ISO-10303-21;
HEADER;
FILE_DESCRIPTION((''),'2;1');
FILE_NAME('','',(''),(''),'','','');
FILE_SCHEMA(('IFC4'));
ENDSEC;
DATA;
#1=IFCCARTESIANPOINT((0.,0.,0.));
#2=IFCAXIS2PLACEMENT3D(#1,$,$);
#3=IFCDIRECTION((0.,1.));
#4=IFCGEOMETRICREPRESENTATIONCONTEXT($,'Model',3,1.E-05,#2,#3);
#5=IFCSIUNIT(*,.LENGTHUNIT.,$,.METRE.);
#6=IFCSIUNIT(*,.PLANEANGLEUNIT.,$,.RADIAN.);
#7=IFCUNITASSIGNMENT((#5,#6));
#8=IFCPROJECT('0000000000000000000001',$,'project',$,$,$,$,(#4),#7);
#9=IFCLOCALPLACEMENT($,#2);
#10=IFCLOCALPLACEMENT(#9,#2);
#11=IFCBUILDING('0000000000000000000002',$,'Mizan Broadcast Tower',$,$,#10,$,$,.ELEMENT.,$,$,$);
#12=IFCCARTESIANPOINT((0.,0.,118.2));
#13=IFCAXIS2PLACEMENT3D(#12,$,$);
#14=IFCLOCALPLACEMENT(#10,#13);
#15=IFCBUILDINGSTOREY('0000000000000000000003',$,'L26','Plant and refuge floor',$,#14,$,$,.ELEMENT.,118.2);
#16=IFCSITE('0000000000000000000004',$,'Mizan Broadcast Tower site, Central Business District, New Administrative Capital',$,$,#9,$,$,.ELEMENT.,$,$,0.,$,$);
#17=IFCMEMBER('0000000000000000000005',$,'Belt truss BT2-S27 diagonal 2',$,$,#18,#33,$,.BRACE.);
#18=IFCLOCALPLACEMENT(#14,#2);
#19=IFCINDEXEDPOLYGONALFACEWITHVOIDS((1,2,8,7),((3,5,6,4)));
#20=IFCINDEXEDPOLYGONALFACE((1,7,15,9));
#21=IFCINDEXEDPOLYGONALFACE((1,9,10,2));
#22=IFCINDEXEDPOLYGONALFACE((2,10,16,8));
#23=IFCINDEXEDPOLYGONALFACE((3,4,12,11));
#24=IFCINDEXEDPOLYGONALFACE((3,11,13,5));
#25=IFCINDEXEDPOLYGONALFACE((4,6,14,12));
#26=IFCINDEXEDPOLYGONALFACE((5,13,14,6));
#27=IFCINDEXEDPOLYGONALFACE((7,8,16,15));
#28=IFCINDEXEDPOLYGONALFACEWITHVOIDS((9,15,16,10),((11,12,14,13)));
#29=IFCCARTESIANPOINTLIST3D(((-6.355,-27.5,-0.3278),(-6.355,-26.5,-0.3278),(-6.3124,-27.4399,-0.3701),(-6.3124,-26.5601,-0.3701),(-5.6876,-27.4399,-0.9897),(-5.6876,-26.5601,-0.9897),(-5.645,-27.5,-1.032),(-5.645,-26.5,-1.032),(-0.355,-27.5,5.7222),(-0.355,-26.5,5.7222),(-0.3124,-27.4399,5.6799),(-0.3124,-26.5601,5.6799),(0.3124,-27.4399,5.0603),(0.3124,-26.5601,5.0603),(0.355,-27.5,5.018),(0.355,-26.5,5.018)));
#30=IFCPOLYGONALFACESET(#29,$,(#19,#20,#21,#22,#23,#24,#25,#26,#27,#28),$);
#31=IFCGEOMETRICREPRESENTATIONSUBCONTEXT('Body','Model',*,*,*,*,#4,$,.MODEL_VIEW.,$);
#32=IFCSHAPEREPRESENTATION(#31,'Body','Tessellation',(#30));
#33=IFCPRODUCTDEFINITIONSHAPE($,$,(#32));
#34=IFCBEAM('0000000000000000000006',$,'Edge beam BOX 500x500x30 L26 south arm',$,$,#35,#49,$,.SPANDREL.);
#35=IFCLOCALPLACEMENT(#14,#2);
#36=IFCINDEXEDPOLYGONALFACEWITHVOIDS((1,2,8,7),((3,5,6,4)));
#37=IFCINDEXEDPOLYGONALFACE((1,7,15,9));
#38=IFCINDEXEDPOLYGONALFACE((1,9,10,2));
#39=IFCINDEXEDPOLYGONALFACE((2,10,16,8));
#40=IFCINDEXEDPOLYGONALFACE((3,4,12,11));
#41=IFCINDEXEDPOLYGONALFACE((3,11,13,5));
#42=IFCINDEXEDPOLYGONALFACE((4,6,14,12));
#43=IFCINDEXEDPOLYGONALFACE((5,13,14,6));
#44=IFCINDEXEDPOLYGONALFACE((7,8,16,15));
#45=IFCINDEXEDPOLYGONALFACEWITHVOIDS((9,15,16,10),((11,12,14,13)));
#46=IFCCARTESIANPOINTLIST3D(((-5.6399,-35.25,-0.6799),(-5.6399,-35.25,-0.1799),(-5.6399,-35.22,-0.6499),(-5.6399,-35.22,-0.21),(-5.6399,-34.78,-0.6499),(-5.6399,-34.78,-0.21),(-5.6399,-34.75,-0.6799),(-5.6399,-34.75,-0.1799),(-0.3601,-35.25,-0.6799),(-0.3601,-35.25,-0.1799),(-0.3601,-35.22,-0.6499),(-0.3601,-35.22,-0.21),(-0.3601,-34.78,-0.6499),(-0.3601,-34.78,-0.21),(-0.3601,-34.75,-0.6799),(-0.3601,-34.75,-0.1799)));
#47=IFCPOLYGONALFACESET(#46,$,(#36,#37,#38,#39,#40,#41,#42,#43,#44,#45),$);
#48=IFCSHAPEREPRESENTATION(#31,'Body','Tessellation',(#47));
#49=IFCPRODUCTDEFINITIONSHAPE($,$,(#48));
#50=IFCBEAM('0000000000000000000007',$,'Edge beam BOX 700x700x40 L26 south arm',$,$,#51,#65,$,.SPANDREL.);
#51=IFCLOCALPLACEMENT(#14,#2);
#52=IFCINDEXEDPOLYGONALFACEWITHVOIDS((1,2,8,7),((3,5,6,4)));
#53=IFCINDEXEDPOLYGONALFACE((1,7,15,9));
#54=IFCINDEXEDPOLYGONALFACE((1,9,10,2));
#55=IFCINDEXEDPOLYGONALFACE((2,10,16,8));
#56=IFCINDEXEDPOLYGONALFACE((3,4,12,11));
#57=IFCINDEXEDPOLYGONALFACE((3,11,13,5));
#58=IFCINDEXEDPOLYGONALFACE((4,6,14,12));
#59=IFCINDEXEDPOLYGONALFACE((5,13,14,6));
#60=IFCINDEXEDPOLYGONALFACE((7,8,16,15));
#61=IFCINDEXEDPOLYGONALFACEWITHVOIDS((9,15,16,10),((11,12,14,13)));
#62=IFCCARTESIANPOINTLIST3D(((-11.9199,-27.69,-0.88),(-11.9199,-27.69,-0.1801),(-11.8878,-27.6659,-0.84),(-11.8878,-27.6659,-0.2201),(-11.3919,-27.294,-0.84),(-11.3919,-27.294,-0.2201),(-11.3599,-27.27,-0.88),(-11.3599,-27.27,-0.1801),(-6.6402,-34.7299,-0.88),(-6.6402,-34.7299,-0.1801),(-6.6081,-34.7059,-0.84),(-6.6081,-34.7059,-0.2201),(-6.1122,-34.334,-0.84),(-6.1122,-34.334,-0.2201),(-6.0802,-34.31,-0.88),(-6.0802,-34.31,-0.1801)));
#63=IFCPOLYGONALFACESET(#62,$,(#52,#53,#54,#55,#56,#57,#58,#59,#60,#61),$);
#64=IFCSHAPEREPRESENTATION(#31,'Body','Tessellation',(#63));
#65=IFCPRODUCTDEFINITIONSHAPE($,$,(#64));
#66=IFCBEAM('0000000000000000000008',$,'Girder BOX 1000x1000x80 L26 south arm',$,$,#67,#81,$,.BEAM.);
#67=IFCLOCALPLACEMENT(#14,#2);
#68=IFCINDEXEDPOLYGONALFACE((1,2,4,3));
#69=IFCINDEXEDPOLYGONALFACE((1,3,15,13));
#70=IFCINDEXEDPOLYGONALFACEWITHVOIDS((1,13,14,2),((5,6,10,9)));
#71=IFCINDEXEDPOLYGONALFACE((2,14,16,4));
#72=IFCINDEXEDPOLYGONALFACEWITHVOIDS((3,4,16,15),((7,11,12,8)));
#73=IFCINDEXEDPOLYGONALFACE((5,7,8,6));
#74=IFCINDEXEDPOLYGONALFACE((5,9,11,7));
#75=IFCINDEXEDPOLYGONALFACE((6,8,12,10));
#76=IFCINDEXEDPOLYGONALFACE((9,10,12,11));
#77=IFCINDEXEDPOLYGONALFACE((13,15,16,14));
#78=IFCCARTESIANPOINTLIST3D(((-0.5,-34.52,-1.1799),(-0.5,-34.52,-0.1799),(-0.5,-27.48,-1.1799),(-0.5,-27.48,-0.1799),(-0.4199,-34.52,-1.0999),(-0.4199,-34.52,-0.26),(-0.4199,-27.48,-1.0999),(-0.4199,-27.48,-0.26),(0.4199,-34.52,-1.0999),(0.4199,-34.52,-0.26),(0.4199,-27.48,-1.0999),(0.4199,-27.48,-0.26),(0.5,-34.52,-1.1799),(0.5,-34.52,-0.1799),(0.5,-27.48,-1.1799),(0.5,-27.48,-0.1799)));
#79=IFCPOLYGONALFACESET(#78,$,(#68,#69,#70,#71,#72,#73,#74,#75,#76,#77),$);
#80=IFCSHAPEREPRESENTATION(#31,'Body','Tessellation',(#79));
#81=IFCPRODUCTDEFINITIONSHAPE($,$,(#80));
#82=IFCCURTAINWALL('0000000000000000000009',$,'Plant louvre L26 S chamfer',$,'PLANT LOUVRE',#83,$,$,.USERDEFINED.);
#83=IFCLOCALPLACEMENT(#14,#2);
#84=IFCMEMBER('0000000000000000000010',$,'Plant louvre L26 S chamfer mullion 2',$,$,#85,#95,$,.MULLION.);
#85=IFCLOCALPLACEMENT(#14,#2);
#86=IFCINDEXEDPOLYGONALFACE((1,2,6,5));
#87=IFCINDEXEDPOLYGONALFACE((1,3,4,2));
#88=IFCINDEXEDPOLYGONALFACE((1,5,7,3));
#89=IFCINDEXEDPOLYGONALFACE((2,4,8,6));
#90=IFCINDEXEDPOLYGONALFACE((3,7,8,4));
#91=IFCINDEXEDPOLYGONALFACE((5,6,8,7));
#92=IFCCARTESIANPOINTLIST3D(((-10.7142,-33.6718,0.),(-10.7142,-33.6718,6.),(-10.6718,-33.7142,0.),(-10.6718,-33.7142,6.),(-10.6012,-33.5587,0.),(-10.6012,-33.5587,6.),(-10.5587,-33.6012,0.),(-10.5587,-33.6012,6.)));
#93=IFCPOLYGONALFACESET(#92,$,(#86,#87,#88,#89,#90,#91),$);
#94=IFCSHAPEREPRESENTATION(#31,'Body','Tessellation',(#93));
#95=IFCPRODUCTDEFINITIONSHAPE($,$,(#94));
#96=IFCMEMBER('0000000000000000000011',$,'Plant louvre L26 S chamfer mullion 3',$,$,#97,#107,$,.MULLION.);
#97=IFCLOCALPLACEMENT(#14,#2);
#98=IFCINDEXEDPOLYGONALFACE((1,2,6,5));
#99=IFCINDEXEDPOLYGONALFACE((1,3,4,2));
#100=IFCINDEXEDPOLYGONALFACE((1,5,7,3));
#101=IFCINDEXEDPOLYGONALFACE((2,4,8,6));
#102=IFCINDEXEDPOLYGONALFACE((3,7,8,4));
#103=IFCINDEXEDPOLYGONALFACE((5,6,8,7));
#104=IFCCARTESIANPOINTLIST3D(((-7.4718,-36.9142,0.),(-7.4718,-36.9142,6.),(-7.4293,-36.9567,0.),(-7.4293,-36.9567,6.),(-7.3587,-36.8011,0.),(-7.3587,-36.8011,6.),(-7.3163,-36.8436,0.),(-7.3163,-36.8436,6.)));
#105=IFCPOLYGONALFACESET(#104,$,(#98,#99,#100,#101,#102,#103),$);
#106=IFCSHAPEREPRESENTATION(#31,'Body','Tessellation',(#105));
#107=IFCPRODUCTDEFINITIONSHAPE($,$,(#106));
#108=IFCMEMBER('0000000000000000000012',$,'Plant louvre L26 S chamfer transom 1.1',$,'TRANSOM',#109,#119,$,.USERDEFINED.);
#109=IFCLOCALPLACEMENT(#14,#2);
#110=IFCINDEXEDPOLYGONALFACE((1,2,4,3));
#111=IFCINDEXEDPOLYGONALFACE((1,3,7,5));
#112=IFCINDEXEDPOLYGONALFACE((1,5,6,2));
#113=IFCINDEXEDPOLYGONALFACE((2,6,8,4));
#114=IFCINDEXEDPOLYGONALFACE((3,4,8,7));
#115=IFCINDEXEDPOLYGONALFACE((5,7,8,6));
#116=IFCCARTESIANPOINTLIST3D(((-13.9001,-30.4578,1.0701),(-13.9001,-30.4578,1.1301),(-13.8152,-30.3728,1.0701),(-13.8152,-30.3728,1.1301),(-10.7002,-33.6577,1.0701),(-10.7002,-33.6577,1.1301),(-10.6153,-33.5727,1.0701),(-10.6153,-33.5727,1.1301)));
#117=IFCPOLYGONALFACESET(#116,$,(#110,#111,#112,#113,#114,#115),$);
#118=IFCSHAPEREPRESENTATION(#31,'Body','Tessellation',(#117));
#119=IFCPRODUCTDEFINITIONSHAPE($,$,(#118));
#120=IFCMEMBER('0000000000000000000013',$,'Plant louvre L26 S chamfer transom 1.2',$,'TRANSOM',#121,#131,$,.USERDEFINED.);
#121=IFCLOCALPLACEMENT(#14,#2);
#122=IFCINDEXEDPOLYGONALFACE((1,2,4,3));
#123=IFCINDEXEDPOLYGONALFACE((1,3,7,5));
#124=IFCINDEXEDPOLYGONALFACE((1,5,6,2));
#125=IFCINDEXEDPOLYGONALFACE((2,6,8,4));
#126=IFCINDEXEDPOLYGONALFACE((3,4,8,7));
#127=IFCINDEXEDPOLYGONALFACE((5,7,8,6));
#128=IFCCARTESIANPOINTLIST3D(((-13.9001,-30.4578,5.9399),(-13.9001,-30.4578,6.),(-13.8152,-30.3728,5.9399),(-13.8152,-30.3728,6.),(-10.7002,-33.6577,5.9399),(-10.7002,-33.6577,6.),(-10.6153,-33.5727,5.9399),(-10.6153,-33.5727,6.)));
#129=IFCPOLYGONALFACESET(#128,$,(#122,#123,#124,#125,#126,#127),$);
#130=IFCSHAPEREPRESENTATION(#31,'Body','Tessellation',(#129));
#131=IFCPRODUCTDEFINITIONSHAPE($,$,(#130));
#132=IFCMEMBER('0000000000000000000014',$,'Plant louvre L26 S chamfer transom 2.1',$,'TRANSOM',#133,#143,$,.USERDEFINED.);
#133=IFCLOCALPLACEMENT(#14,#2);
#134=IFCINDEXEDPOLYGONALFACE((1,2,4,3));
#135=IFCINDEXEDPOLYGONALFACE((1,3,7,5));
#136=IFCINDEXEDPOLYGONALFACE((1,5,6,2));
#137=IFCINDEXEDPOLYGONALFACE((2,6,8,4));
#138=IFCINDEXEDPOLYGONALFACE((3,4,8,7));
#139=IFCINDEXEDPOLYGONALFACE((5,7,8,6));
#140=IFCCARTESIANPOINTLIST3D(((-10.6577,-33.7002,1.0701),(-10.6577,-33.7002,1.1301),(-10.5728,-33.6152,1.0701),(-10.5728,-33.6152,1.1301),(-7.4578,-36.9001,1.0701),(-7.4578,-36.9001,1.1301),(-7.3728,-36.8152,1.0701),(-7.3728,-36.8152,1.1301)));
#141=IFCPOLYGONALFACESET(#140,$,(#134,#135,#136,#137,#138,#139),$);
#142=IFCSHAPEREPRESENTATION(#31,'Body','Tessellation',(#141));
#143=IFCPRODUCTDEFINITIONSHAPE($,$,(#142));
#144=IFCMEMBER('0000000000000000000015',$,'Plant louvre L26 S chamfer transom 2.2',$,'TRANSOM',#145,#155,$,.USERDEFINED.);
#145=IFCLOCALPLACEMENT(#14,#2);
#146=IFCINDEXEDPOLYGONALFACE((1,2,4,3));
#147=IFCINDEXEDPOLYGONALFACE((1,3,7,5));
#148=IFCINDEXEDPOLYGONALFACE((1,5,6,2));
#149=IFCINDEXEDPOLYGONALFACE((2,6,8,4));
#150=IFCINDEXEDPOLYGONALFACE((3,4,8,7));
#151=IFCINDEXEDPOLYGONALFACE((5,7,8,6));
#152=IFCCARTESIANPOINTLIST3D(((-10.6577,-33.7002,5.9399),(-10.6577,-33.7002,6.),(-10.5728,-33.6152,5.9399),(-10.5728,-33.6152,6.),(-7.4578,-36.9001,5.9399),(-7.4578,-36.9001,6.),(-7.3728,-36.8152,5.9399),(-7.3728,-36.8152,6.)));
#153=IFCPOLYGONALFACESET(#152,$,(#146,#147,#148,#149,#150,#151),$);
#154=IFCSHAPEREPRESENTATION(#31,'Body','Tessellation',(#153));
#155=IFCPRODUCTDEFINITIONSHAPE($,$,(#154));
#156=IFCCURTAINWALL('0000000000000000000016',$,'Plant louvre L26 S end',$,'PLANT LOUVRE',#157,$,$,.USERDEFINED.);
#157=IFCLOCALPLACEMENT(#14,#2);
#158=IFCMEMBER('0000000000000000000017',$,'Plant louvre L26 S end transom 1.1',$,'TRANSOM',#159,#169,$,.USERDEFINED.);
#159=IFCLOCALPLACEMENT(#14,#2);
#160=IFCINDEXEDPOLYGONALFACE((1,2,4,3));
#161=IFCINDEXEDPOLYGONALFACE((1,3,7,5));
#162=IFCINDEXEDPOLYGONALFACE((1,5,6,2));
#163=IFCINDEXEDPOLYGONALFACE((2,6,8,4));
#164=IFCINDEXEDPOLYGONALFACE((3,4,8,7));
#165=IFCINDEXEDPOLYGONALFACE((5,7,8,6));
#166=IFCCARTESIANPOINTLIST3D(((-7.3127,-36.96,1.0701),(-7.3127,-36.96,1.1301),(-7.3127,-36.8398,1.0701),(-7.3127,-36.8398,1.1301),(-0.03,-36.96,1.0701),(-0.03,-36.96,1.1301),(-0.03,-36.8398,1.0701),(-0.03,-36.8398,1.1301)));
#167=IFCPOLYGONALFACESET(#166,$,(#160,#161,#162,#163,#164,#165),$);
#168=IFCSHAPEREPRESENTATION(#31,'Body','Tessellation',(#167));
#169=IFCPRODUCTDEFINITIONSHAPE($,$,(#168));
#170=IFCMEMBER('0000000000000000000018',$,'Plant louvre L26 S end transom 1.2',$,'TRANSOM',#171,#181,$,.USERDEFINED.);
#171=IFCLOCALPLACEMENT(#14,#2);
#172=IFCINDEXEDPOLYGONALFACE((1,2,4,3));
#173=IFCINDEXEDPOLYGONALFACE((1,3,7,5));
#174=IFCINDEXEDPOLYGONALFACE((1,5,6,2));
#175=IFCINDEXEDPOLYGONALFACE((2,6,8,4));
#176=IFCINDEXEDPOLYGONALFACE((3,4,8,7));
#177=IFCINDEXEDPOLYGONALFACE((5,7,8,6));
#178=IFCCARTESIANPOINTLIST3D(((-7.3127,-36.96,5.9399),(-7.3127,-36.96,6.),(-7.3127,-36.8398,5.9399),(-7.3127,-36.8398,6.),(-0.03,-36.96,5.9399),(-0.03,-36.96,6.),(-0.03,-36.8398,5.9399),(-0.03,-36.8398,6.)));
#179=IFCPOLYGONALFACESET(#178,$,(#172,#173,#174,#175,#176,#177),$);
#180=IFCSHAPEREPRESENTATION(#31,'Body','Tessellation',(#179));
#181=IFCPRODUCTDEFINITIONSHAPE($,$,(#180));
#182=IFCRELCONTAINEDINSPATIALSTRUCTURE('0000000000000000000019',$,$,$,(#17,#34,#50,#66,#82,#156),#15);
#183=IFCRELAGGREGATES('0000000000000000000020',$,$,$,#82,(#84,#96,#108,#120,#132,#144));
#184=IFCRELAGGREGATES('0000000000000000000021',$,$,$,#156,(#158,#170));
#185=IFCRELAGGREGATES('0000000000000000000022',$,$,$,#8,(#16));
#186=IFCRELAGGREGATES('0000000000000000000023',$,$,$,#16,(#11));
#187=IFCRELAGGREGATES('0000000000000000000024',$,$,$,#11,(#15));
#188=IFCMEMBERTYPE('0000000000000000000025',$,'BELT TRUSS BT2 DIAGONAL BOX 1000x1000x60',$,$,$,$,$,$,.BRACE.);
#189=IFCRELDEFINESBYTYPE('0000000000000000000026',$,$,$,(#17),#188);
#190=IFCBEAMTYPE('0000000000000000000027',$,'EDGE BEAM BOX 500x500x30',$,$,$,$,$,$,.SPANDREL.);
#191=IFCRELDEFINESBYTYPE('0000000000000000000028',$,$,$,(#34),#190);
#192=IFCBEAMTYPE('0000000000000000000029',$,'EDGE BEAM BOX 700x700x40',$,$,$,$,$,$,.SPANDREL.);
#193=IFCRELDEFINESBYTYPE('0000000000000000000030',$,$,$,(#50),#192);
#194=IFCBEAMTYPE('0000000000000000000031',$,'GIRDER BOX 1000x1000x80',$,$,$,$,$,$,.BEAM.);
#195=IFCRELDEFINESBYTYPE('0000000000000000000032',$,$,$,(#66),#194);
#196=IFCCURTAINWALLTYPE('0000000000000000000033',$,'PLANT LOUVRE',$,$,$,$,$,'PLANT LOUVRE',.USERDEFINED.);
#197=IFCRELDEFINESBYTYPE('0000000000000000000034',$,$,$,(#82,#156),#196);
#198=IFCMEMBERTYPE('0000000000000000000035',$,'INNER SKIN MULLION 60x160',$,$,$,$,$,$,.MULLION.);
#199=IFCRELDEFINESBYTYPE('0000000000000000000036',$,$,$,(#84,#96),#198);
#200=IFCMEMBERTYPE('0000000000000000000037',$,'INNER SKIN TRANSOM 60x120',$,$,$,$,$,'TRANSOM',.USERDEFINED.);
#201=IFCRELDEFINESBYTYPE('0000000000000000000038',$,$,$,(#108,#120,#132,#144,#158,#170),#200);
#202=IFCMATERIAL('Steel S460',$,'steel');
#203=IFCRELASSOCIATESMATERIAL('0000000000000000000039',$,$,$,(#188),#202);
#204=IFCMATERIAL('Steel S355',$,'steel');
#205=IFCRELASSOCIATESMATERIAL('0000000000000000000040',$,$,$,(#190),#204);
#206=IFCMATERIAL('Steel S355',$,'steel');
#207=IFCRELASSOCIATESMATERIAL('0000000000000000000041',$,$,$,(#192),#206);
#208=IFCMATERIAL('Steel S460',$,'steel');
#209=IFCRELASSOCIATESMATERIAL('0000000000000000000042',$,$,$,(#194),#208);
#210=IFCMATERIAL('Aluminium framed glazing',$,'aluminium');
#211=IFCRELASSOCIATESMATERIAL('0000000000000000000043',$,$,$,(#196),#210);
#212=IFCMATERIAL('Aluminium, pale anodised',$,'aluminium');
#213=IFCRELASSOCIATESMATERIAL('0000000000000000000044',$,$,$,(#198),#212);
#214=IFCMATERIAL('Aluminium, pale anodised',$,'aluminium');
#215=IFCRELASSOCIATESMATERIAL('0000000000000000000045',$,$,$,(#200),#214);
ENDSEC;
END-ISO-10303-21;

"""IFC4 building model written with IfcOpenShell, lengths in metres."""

from ifc_helpers import new_model, si_unit, direction, frame, origin, origin_2d, place, context, subcontext, project, spatial, rectangle, hollow_rectangle, extrude, material, material_profile, profile_set, type_object, element, aggregate, save


model = new_model("IFC4")

# Units and contexts
model_context = context("Model", 3, precision=1e-05, world=origin(), true_north=direction((0.0, 1.0)))
body_context = subcontext(model_context, "Body", "Model", "MODEL_VIEW")
ifc_project = project(units=[si_unit("LENGTHUNIT", "METRE"), si_unit("PLANEANGLEUNIT", "RADIAN")], contexts=[model_context])

# Site, building, storey
site_placement = place(None, origin())
site = spatial("IfcSite", under=ifc_project, at=site_placement, Name="Mizan Broadcast Tower site, Central Business District, New Administrative Capital", CompositionType="ELEMENT", RefElevation=0.0)
building_placement = place(site_placement, origin())
building = spatial("IfcBuilding", under=site, at=building_placement, Name="Mizan Broadcast Tower", CompositionType="ELEMENT")
storey_placement = place(building_placement, frame((0.0, 0.0, 118.2)))
storey = spatial("IfcBuildingStorey", under=building, at=storey_placement, Name="L26", Description="Plant and refuge floor", CompositionType="ELEMENT", Elevation=118.2)

# Member
ifc_material_1 = material(Name="Steel S460", Category="steel")
ifc_material_profile_1 = material_profile(ifc_material_1, hollow_rectangle(XDim=1.0, YDim=1.0, WallThickness=0.0601, at=origin_2d()), Name="BOX 1000x1000x60")
ifc_profile_set_1 = profile_set([ifc_material_profile_1], Name="Steel S460")
member_type_1 = type_object("IfcMemberType", Name="BELT TRUSS BT2 DIAGONAL BOX 1000x1000x60", PredefinedType="BRACE", material=ifc_profile_set_1)
for number, where, z_axis, x_axis, name in (
    (1, (-6.0, -27.0, -0.6799), (0.704164, 0.0, 0.710038), (0.0, 1.0, 0.0), "Belt truss BT2-S27 diagonal 2"),
):
    element("IfcMember", number, at=place(storey_placement, frame(where, z_axis=z_axis, x_axis=x_axis)), inside=storey, type_object=member_type_1, Name=name, PredefinedType="BRACE", context=body_context, shape_type="SweptSolid", body=[
        extrude(hollow_rectangle(XDim=1.0, YDim=1.0, WallThickness=0.0601, at=origin_2d()), origin(), (0.0, 0.0, 1.0), 8.5208),
    ])

# Beams
ifc_material_2 = material(Name="Steel S355", Category="steel")
ifc_material_profile_2 = material_profile(ifc_material_2, hollow_rectangle(XDim=0.5, YDim=0.5, WallThickness=0.03, at=origin_2d()), Name="BOX 500x500x30")
ifc_profile_set_2 = profile_set([ifc_material_profile_2], Name="Steel S355")
beam_type_1 = type_object("IfcBeamType", Name="EDGE BEAM BOX 500x500x30", PredefinedType="SPANDREL", material=ifc_profile_set_2)
beam_1_placement = place(storey_placement, frame((-5.6399, -35.0, -0.4299), z_axis=(1.0, 0.0, 0.0), x_axis=(0.0, 1.0, 0.0)))
element("IfcBeam", 2, at=beam_1_placement, inside=storey, type_object=beam_type_1, Name="Edge beam BOX 500x500x30 L26 south arm", PredefinedType="SPANDREL", context=body_context, shape_type="SweptSolid", body=[
    extrude(hollow_rectangle(XDim=0.5, YDim=0.5, WallThickness=0.03, at=origin_2d()), origin(), (0.0, 0.0, 1.0), 5.2798),
])
ifc_material_3 = material(Name="Steel S355", Category="steel")
ifc_material_profile_3 = material_profile(ifc_material_3, hollow_rectangle(XDim=0.7, YDim=0.7, WallThickness=0.04, at=origin_2d()), Name="BOX 700x700x40")
ifc_profile_set_3 = profile_set([ifc_material_profile_3], Name="Steel S355")
beam_type_2 = type_object("IfcBeamType", Name="EDGE BEAM BOX 700x700x40", PredefinedType="SPANDREL", material=ifc_profile_set_3)
beam_2_placement = place(storey_placement, frame((-11.6399, -27.48, -0.53), z_axis=(0.599982, -0.800013, 0.0), x_axis=(0.800013, 0.599982, 0.0)))
element("IfcBeam", 3, at=beam_2_placement, inside=storey, type_object=beam_type_2, Name="Edge beam BOX 700x700x40 L26 south arm", PredefinedType="SPANDREL", context=body_context, shape_type="SweptSolid", body=[
    extrude(hollow_rectangle(XDim=0.7, YDim=0.7, WallThickness=0.04, at=origin_2d()), origin(), (0.0, 0.0, 1.0), 8.7998),
])
ifc_material_4 = material(Name="Steel S460", Category="steel")
ifc_material_profile_4 = material_profile(ifc_material_4, hollow_rectangle(XDim=1.0, YDim=1.0, WallThickness=0.0801, at=origin_2d()), Name="BOX 1000x1000x80")
ifc_profile_set_4 = profile_set([ifc_material_profile_4], Name="Steel S460")
beam_type_3 = type_object("IfcBeamType", Name="GIRDER BOX 1000x1000x80", PredefinedType="BEAM", material=ifc_profile_set_4)
beam_3_placement = place(storey_placement, frame((0.0, -27.48, -0.6799), z_axis=(0.0, -1.0, 0.0), x_axis=(1.0, 0.0, 0.0)))
element("IfcBeam", 4, at=beam_3_placement, inside=storey, type_object=beam_type_3, Name="Girder BOX 1000x1000x80 L26 south arm", PredefinedType="BEAM", context=body_context, shape_type="SweptSolid", body=[
    extrude(hollow_rectangle(XDim=1.0, YDim=1.0, WallThickness=0.0801, at=origin_2d()), origin(), (0.0, 0.0, 1.0), 7.04),
])

# Curtain walls, members
ifc_material_5 = material(Name="Aluminium framed glazing", Category="aluminium")
curtain_wall_type = type_object("IfcCurtainWallType", Name="PLANT LOUVRE", ElementType="PLANT LOUVRE", PredefinedType="USERDEFINED", material=ifc_material_5)
curtain_wall_1_placement = place(storey_placement, origin())
curtain_wall_1 = element("IfcCurtainWall", 5, at=curtain_wall_1_placement, inside=storey, type_object=curtain_wall_type, Name="Plant louvre L26 S chamfer", ObjectType="PLANT LOUVRE", PredefinedType="USERDEFINED")
ifc_material_6 = material(Name="Aluminium, pale anodised", Category="aluminium")
ifc_material_profile_5 = material_profile(ifc_material_6, rectangle(XDim=0.1599, YDim=0.0601, at=origin_2d()), Name="MULLION 160x60")
ifc_profile_set_5 = profile_set([ifc_material_profile_5], Name="Aluminium, pale anodised")
member_type_2 = type_object("IfcMemberType", Name="INNER SKIN MULLION 60x160", PredefinedType="MULLION", material=ifc_profile_set_5)
member_1_placement = place(storey_placement, frame((-10.6365, -33.6365, 0.0), z_axis=(0.0, 0.0, 1.0), x_axis=(0.707107, 0.707107, 0.0)))
member_1 = element("IfcMember", 6, at=member_1_placement, type_object=member_type_2, Name="Plant louvre L26 S chamfer mullion 2", PredefinedType="MULLION", context=body_context, shape_type="SweptSolid", body=[
    extrude(rectangle(XDim=0.1599, YDim=0.0601, at=origin_2d()), origin(), (0.0, 0.0, 1.0), 6.0),
])
member_2_placement = place(storey_placement, frame((-7.394, -36.8789, 0.0), z_axis=(0.0, 0.0, 1.0), x_axis=(0.707107, 0.707107, 0.0)))
member_2 = element("IfcMember", 7, at=member_2_placement, type_object=member_type_2, Name="Plant louvre L26 S chamfer mullion 3", PredefinedType="MULLION", context=body_context, shape_type="SweptSolid", body=[
    extrude(rectangle(XDim=0.1599, YDim=0.0601, at=origin_2d()), origin(), (0.0, 0.0, 1.0), 6.0),
])
ifc_material_7 = material(Name="Aluminium, pale anodised", Category="aluminium")
ifc_material_profile_6 = material_profile(ifc_material_7, rectangle(XDim=0.1201, YDim=0.0601, at=origin_2d()), Name="TRANSOM 120x60")
ifc_profile_set_6 = profile_set([ifc_material_profile_6], Name="Aluminium, pale anodised")
member_type_3 = type_object("IfcMemberType", Name="INNER SKIN TRANSOM 60x120", ElementType="TRANSOM", PredefinedType="USERDEFINED", material=ifc_profile_set_6)
member_3_placement = place(storey_placement, frame((-13.8577, -30.4153, 1.1001), z_axis=(0.707107, -0.707107, 0.0), x_axis=(0.707107, 0.707107, 0.0)))
member_3 = element("IfcMember", 8, at=member_3_placement, type_object=member_type_3, Name="Plant louvre L26 S chamfer transom 1.1", ObjectType="TRANSOM", PredefinedType="USERDEFINED", context=body_context, shape_type="SweptSolid", body=[
    extrude(rectangle(XDim=0.1201, YDim=0.0601, at=origin_2d()), origin(), (0.0, 0.0, 1.0), 4.5254),
])
member_4_placement = place(storey_placement, frame((-13.8577, -30.4153, 5.97), z_axis=(0.707107, -0.707107, 0.0), x_axis=(0.707107, 0.707107, 0.0)))
member_4 = element("IfcMember", 9, at=member_4_placement, type_object=member_type_3, Name="Plant louvre L26 S chamfer transom 1.2", ObjectType="TRANSOM", PredefinedType="USERDEFINED", context=body_context, shape_type="SweptSolid", body=[
    extrude(rectangle(XDim=0.1201, YDim=0.0601, at=origin_2d()), origin(), (0.0, 0.0, 1.0), 4.5254),
])
member_5_placement = place(storey_placement, frame((-10.6152, -33.6577, 1.1001), z_axis=(0.707107, -0.707107, 0.0), x_axis=(0.707107, 0.707107, 0.0)))
member_5 = element("IfcMember", 10, at=member_5_placement, type_object=member_type_3, Name="Plant louvre L26 S chamfer transom 2.1", ObjectType="TRANSOM", PredefinedType="USERDEFINED", context=body_context, shape_type="SweptSolid", body=[
    extrude(rectangle(XDim=0.1201, YDim=0.0601, at=origin_2d()), origin(), (0.0, 0.0, 1.0), 4.5254),
])
member_6_placement = place(storey_placement, frame((-10.6152, -33.6577, 5.97), z_axis=(0.707107, -0.707107, 0.0), x_axis=(0.707107, 0.707107, 0.0)))
member_6 = element("IfcMember", 11, at=member_6_placement, type_object=member_type_3, Name="Plant louvre L26 S chamfer transom 2.2", ObjectType="TRANSOM", PredefinedType="USERDEFINED", context=body_context, shape_type="SweptSolid", body=[
    extrude(rectangle(XDim=0.1201, YDim=0.0601, at=origin_2d()), origin(), (0.0, 0.0, 1.0), 4.5254),
])
curtain_wall_2_placement = place(storey_placement, origin())
curtain_wall_2 = element("IfcCurtainWall", 12, at=curtain_wall_2_placement, inside=storey, type_object=curtain_wall_type, Name="Plant louvre L26 S end", ObjectType="PLANT LOUVRE", PredefinedType="USERDEFINED")
member_7_placement = place(storey_placement, frame((-7.3127, -36.8999, 1.1001), z_axis=(1.0, 0.0, 0.0), x_axis=(0.0, 1.0, 0.0)))
member_7 = element("IfcMember", 13, at=member_7_placement, type_object=member_type_3, Name="Plant louvre L26 S end transom 1.1", ObjectType="TRANSOM", PredefinedType="USERDEFINED", context=body_context, shape_type="SweptSolid", body=[
    extrude(rectangle(XDim=0.1201, YDim=0.0601, at=origin_2d()), origin(), (0.0, 0.0, 1.0), 7.2827),
])
member_8_placement = place(storey_placement, frame((-7.3127, -36.8999, 5.97), z_axis=(1.0, 0.0, 0.0), x_axis=(0.0, 1.0, 0.0)))
member_8 = element("IfcMember", 14, at=member_8_placement, type_object=member_type_3, Name="Plant louvre L26 S end transom 1.2", ObjectType="TRANSOM", PredefinedType="USERDEFINED", context=body_context, shape_type="SweptSolid", body=[
    extrude(rectangle(XDim=0.1201, YDim=0.0601, at=origin_2d()), origin(), (0.0, 0.0, 1.0), 7.2827),
])

aggregate(curtain_wall_1, [member_1, member_2, member_3, member_4, member_5, member_6])
aggregate(curtain_wall_2, [member_7, member_8])

save(model, "model.ifc")
